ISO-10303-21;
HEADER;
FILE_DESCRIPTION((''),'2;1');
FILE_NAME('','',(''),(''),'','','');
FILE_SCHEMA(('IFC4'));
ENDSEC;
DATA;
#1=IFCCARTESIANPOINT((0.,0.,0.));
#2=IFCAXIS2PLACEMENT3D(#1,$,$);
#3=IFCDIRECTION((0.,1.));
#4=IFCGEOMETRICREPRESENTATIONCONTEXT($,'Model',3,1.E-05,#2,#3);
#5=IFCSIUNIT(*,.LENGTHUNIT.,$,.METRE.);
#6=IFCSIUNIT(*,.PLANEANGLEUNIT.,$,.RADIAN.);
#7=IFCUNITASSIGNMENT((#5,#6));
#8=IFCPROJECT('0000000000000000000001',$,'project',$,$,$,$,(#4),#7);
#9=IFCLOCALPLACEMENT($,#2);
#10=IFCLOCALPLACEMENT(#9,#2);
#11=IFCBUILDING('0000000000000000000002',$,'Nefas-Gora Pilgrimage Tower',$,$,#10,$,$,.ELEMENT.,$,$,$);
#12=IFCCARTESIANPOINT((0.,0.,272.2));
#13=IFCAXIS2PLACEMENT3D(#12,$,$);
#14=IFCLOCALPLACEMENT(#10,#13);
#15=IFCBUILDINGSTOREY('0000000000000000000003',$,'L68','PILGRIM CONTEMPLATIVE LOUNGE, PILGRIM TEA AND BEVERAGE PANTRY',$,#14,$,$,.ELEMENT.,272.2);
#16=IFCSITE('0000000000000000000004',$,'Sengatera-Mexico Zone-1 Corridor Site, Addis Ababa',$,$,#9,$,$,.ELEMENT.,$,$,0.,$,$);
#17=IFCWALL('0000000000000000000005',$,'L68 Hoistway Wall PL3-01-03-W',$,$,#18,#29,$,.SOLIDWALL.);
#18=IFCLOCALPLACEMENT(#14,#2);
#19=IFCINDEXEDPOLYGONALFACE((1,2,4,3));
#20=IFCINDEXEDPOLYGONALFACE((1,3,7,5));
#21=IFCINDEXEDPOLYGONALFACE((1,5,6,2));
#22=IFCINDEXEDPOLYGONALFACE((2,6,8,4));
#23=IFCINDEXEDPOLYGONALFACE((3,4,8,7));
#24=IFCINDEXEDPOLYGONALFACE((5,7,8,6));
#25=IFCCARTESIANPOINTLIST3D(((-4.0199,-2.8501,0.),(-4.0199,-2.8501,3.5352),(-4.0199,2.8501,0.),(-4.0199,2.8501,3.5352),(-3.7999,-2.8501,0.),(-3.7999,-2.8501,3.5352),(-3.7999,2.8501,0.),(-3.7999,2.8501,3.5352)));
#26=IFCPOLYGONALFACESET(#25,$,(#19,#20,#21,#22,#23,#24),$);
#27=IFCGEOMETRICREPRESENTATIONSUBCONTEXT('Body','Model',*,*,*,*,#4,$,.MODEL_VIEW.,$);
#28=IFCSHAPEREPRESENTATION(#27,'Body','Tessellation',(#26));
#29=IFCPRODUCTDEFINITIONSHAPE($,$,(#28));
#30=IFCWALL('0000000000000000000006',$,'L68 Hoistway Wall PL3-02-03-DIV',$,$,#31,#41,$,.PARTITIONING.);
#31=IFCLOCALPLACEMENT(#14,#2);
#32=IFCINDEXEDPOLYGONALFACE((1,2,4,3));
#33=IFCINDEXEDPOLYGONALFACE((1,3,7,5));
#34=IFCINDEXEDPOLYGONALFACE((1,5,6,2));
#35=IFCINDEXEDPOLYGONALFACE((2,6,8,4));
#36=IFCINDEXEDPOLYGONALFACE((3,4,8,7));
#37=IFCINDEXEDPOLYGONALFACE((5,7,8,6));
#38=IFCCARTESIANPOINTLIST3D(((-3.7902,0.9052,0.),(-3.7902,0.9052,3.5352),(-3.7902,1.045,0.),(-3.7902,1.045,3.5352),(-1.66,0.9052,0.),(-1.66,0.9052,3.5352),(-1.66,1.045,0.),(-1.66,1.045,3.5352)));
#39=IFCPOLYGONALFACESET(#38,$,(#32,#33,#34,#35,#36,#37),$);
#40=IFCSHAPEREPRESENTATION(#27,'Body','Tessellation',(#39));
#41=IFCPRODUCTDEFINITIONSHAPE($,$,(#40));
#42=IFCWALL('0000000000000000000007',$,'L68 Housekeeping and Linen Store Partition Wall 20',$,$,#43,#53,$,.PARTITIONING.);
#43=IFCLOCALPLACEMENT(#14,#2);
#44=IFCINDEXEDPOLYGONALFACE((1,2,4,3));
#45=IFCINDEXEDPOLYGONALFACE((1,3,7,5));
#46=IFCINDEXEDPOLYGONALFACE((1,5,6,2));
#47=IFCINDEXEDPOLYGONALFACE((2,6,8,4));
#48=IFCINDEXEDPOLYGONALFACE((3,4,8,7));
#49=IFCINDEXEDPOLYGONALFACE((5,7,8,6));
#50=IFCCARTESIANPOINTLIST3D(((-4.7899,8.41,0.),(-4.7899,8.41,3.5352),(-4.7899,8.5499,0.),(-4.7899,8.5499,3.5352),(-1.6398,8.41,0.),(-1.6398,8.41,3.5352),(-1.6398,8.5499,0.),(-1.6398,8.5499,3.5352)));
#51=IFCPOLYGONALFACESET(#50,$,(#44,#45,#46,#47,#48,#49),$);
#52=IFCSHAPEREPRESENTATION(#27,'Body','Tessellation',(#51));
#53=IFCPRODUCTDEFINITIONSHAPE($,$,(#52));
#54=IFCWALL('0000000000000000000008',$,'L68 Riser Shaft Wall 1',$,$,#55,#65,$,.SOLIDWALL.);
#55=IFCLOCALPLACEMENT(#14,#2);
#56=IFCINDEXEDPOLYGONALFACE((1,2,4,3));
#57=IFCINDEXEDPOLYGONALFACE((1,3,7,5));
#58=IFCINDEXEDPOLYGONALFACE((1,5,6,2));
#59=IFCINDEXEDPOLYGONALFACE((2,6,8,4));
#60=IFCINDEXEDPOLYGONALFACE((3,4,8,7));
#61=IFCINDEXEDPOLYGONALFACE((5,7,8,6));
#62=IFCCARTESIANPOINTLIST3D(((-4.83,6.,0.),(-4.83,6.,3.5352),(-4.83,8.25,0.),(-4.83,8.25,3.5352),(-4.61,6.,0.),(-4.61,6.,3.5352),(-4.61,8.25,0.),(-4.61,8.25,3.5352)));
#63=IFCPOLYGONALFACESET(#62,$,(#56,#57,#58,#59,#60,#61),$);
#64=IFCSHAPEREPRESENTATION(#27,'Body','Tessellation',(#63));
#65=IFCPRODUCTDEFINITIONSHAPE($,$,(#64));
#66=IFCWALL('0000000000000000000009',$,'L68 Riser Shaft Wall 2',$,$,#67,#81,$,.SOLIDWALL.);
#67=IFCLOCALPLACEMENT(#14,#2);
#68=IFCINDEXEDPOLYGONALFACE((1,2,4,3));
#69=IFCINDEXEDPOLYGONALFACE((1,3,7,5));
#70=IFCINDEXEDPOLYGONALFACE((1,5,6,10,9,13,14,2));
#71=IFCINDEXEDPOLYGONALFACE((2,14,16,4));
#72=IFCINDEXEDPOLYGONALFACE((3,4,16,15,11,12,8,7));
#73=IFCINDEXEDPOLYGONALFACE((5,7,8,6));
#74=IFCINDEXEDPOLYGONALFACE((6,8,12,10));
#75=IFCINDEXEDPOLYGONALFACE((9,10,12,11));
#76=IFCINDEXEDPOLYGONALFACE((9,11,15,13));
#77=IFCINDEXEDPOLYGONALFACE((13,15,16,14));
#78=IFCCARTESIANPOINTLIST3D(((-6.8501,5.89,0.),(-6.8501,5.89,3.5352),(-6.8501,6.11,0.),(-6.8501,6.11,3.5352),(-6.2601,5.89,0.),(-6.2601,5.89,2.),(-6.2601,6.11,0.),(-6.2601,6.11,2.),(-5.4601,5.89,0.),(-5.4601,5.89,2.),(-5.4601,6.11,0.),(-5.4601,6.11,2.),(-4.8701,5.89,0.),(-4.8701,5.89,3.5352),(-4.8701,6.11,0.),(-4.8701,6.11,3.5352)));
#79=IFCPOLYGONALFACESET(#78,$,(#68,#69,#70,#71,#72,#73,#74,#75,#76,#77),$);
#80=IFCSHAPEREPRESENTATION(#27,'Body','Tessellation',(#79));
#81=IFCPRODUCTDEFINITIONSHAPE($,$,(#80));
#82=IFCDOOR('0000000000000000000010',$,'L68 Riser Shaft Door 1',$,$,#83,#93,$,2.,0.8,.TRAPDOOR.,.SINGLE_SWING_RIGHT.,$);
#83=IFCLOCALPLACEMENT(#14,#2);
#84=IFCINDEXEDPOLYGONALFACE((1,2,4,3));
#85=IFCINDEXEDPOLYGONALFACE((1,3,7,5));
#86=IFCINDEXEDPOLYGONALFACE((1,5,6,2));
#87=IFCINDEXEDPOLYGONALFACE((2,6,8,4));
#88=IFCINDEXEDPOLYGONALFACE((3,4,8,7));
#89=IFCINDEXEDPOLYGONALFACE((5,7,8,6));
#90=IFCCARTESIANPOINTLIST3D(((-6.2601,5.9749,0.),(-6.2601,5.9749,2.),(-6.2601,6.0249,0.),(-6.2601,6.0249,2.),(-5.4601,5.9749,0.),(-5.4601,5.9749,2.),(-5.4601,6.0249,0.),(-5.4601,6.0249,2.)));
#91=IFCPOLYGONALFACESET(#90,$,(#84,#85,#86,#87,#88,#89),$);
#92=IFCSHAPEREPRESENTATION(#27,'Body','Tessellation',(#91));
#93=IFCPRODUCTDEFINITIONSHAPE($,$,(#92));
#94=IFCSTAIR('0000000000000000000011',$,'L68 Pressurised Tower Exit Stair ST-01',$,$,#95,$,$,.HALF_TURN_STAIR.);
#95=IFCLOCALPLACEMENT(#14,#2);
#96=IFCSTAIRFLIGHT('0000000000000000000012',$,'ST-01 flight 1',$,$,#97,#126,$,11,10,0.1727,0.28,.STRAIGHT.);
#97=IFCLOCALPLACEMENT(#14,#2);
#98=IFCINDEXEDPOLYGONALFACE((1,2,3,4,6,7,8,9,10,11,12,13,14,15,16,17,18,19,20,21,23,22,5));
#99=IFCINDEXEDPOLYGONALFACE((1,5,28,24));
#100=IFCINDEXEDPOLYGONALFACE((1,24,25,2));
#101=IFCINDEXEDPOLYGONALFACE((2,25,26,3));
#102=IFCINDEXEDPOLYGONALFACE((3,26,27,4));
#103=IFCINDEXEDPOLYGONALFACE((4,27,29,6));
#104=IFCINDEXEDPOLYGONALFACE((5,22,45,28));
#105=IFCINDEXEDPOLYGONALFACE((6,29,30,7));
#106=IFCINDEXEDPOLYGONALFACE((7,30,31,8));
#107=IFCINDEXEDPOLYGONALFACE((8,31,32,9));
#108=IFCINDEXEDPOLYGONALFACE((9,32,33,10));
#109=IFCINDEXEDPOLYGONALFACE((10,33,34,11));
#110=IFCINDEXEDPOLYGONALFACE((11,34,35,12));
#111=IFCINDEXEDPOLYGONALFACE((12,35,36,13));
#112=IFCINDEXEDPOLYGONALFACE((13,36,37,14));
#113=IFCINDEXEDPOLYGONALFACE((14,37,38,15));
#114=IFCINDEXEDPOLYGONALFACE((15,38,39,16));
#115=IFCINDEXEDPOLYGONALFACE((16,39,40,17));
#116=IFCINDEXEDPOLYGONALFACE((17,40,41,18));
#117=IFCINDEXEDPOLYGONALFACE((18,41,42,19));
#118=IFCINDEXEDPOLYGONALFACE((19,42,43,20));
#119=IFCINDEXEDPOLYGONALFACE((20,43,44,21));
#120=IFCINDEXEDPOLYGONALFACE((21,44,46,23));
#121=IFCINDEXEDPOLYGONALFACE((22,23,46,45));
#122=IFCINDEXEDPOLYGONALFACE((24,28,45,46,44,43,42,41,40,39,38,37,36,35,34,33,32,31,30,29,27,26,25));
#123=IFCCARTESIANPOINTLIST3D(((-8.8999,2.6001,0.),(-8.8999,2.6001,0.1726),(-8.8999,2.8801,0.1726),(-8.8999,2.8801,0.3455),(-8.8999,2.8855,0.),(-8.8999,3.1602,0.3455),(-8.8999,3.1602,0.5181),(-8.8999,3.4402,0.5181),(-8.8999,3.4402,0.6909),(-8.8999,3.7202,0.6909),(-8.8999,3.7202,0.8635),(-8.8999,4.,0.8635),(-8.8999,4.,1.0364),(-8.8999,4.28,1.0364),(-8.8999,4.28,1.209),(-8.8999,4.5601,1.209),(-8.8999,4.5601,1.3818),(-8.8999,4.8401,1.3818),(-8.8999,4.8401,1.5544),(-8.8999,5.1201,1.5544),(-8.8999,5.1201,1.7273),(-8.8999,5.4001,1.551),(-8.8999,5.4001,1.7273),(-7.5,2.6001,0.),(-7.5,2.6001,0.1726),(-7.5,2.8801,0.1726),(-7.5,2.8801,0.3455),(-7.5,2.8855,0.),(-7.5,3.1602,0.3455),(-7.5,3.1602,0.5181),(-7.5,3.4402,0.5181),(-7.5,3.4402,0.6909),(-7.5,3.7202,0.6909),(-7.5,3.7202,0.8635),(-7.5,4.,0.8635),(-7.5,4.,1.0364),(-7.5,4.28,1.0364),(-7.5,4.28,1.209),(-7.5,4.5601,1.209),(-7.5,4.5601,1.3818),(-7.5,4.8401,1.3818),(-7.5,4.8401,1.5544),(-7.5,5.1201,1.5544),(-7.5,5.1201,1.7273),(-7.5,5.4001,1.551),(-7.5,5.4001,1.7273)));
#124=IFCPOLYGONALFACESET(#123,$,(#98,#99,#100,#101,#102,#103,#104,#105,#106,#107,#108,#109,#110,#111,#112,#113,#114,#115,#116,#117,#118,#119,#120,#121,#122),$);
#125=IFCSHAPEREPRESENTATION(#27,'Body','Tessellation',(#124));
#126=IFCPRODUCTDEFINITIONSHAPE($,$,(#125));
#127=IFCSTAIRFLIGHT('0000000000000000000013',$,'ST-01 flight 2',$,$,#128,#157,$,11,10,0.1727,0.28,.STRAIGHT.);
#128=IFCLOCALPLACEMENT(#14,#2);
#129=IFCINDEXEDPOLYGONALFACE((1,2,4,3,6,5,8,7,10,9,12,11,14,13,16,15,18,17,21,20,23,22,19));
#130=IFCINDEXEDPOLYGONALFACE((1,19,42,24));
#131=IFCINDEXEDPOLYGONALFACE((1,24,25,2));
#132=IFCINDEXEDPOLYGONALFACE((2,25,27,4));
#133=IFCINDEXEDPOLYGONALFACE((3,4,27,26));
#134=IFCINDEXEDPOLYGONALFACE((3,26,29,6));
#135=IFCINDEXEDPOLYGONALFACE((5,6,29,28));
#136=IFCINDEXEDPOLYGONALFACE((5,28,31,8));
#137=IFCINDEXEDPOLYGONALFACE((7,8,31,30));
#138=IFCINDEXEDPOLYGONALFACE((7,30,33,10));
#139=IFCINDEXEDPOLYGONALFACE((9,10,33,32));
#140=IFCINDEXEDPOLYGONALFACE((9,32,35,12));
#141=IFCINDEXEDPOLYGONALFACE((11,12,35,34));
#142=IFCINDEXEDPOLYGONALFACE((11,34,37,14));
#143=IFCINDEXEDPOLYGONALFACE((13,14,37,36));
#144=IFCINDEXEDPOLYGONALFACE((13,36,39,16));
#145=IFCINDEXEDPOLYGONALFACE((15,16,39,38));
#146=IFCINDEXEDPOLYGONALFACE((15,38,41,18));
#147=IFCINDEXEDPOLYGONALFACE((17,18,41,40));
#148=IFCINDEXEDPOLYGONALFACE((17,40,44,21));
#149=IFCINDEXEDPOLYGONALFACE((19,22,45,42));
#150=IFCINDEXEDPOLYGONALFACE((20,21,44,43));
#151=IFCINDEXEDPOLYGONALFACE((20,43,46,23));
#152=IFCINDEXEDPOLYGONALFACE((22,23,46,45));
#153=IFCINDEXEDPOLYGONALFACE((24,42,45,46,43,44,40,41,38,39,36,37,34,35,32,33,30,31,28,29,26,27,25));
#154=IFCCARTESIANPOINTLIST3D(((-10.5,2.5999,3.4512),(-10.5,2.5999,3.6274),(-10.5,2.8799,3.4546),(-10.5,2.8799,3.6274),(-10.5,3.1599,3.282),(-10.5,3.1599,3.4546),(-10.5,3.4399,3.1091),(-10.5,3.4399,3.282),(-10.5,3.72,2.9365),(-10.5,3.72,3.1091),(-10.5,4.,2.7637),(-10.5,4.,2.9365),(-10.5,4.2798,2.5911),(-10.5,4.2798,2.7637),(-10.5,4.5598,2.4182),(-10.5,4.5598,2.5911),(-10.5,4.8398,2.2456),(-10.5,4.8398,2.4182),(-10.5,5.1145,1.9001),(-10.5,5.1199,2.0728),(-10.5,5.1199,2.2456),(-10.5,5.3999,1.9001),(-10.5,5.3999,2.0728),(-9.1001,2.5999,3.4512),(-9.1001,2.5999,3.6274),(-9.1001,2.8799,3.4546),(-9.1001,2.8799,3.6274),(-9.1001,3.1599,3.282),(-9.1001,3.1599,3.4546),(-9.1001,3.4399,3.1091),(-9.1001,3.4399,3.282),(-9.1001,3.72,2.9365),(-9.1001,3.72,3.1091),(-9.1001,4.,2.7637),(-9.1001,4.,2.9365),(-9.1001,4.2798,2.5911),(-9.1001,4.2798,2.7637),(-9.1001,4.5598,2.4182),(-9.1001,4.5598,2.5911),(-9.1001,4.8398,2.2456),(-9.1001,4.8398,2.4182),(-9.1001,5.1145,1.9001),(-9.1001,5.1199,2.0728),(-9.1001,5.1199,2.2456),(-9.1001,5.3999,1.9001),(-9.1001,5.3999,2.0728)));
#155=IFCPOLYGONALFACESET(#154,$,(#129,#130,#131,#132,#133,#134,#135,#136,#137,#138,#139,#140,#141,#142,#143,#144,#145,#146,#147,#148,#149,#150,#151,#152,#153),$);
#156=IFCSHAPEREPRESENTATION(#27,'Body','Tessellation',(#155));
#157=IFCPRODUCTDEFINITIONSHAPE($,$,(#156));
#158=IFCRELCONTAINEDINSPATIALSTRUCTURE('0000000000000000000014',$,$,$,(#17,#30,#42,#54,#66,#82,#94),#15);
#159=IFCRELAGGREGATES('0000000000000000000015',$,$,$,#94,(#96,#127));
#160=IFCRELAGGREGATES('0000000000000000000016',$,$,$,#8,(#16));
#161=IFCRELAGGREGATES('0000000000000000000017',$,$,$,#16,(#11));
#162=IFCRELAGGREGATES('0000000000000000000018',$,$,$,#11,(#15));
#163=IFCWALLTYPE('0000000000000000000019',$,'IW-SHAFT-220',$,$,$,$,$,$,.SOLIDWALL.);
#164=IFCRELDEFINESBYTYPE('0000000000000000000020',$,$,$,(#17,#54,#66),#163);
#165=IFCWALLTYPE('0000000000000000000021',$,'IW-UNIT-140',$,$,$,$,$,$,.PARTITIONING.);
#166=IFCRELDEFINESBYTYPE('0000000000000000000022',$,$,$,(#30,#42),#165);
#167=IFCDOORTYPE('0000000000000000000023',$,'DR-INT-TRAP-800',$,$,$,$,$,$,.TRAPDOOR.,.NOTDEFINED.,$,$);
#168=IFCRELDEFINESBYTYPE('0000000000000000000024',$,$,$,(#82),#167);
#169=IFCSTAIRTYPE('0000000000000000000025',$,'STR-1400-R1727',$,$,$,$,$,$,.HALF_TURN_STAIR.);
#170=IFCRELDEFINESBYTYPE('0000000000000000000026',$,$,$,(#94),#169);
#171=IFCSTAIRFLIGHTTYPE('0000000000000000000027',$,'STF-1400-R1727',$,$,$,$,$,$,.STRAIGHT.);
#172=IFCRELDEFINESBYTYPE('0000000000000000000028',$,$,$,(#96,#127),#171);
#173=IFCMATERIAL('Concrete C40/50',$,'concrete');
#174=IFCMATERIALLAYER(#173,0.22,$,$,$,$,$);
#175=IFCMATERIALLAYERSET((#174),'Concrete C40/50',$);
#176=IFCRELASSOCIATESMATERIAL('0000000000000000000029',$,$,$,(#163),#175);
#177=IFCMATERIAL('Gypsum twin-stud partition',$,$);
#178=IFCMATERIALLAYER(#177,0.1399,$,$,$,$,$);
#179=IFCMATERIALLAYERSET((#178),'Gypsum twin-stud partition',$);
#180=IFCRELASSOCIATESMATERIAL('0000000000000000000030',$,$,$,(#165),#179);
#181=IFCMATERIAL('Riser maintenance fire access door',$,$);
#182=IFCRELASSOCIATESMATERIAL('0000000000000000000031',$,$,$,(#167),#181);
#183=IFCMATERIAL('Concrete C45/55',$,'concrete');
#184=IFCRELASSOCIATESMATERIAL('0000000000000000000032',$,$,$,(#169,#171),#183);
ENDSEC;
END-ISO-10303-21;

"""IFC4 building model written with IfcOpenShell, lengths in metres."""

from ifc_helpers import new_model, si_unit, direction, frame, frame_2d, origin, place, context, subcontext, project, spatial, polyline, rectangle, outline, extrude, source, transform, mapped, material, layer, layer_set, type_object, element, fill, aggregate, save


model = new_model("IFC4")

# Units and contexts
model_context = context("Model", 3, precision=1e-05, world=origin(), true_north=direction((0.0, 1.0)))
body_context = subcontext(model_context, "Body", "Model", "MODEL_VIEW")
ifc_project = project(units=[si_unit("LENGTHUNIT", "METRE"), si_unit("PLANEANGLEUNIT", "RADIAN")], contexts=[model_context])

# Site, building, storey
site_placement = place(None, origin())
site = spatial("IfcSite", under=ifc_project, at=site_placement, Name="Sengatera-Mexico Zone-1 Corridor Site, Addis Ababa", CompositionType="ELEMENT", RefElevation=0.0)
building_placement = place(site_placement, origin())
building = spatial("IfcBuilding", under=site, at=building_placement, Name="Nefas-Gora Pilgrimage Tower", CompositionType="ELEMENT")
storey_placement = place(building_placement, frame((0.0, 0.0, 272.2)))
storey = spatial("IfcBuildingStorey", under=building, at=storey_placement, Name="L68", Description="PILGRIM CONTEMPLATIVE LOUNGE, PILGRIM TEA AND BEVERAGE PANTRY", CompositionType="ELEMENT", Elevation=272.2)

# Shared definitions
ifc_material_1 = material(Name="Concrete C45/55", Category="concrete")

# Shared definitions
ifc_material_2 = material(Name="Concrete C40/50", Category="concrete")
ifc_layer_1 = layer(ifc_material_2, 0.22)
ifc_layer_set_1 = layer_set([ifc_layer_1], Name="Concrete C40/50")
wall_type_1 = type_object("IfcWallType", Name="IW-SHAFT-220", PredefinedType="SOLIDWALL", material=ifc_layer_set_1)

# Walls
shared_shape_1 = source(origin(), body_context, "Body", "SweptSolid", [
    extrude(rectangle(XDim=5.7002, YDim=0.22, at=frame_2d((2.8501, 0.0))), origin(), (0.0, 0.0, 1.0), 3.5352),
])
wall_1_placement = place(storey_placement, frame((-3.9099, 2.8501, 0.0), z_axis=(0.0, 0.0, 1.0), x_axis=(0.0, -1.0, 0.0)))
element("IfcWall", 1, at=wall_1_placement, inside=storey, type_object=wall_type_1, Name="L68 Hoistway Wall PL3-01-03-W", PredefinedType="SOLIDWALL", context=body_context, shape_type="MappedRepresentation", body=[
    mapped(shared_shape_1, transform((0.0, 0.0, 0.0), x_axis=(1.0, 0.0, 0.0), y_axis=(0.0, 1.0, 0.0), z_axis=(0.0, 0.0, 1.0), scale=1.0)),
])
ifc_material_3 = material(Name="Gypsum twin-stud partition")
ifc_layer_2 = layer(ifc_material_3, 0.1399)
ifc_layer_set_2 = layer_set([ifc_layer_2], Name="Gypsum twin-stud partition")
wall_type_2 = type_object("IfcWallType", Name="IW-UNIT-140", PredefinedType="PARTITIONING", material=ifc_layer_set_2)
shared_shape_2 = source(origin(), body_context, "Body", "SweptSolid", [
    extrude(rectangle(XDim=2.1301, YDim=0.1399, at=frame_2d((1.0649, 0.0))), origin(), (0.0, 0.0, 1.0), 3.5352),
])
wall_2_placement = place(storey_placement, frame((-3.79, 0.9751, 0.0), z_axis=(0.0, 0.0, 1.0), x_axis=(1.0, 0.0, 0.0)))
element("IfcWall", 2, at=wall_2_placement, inside=storey, type_object=wall_type_2, Name="L68 Hoistway Wall PL3-02-03-DIV", PredefinedType="PARTITIONING", context=body_context, shape_type="MappedRepresentation", body=[
    mapped(shared_shape_2, transform((0.0, 0.0, 0.0), x_axis=(1.0, 0.0, 0.0), y_axis=(0.0, 1.0, 0.0), z_axis=(0.0, 0.0, 1.0), scale=1.0)),
])
shared_shape_3 = source(origin(), body_context, "Body", "SweptSolid", [
    extrude(rectangle(XDim=3.1501, YDim=0.1399, at=frame_2d((1.5752, 0.0))), origin(), (0.0, 0.0, 1.0), 3.5352),
])
wall_3_placement = place(storey_placement, frame((-4.79, 8.48, 0.0), z_axis=(0.0, 0.0, 1.0), x_axis=(1.0, 0.0, 0.0)))
element("IfcWall", 3, at=wall_3_placement, inside=storey, type_object=wall_type_2, Name="L68 Housekeeping and Linen Store Partition Wall 20", PredefinedType="PARTITIONING", context=body_context, shape_type="MappedRepresentation", body=[
    mapped(shared_shape_3, transform((0.0, 0.0, 0.0), x_axis=(1.0, 0.0, 0.0), y_axis=(0.0, 1.0, 0.0), z_axis=(0.0, 0.0, 1.0), scale=1.0)),
])
shared_shape_4 = source(origin(), body_context, "Body", "SweptSolid", [
    extrude(rectangle(XDim=2.25, YDim=0.22, at=frame_2d((1.125, 0.0))), origin(), (0.0, 0.0, 1.0), 3.5352),
])
wall_4_placement = place(storey_placement, frame((-4.72, 6.0, 0.0), z_axis=(0.0, 0.0, 1.0), x_axis=(0.0, 1.0, 0.0)))
element("IfcWall", 4, at=wall_4_placement, inside=storey, type_object=wall_type_1, Name="L68 Riser Shaft Wall 1", PredefinedType="SOLIDWALL", context=body_context, shape_type="MappedRepresentation", body=[
    mapped(shared_shape_4, transform((0.0, 0.0, 0.0), x_axis=(1.0, 0.0, 0.0), y_axis=(0.0, 1.0, 0.0), z_axis=(0.0, 0.0, 1.0), scale=1.0)),
])

# Wall, opening, door
shared_shape_5 = source(origin(), body_context, "Body", "SweptSolid", [
    extrude(rectangle(XDim=1.98, YDim=0.22, at=frame_2d((0.99, 0.0))), origin(), (0.0, 0.0, 1.0), 3.5352),
])
wall_5_placement = place(storey_placement, frame((-6.8501, 6.0, 0.0), z_axis=(0.0, 0.0, 1.0), x_axis=(1.0, 0.0, 0.0)))
wall_5 = element("IfcWall", 5, at=wall_5_placement, inside=storey, type_object=wall_type_1, Name="L68 Riser Shaft Wall 2", PredefinedType="SOLIDWALL", context=body_context, shape_type="MappedRepresentation", body=[
    mapped(shared_shape_5, transform((0.0, 0.0, 0.0), x_axis=(1.0, 0.0, 0.0), y_axis=(0.0, 1.0, 0.0), z_axis=(0.0, 0.0, 1.0), scale=1.0)),
])
opening_1_placement = place(wall_5_placement, frame((0.5901, 0.0, 0.0)))
opening_1 = element("IfcOpeningElement", 6, at=opening_1_placement, cuts=wall_5, PredefinedType="OPENING", context=body_context, shape_type="SweptSolid", body=[
    extrude(rectangle(XDim=0.8, YDim=2.0, at=frame_2d((0.3999, 1.0))), frame((0.0, 0.1199, 0.0), z_axis=(0.0, -1.0, 0.0), x_axis=(1.0, 0.0, 0.0)), (0.0, 0.0, 1.0), 0.24),
])
ifc_material_4 = material(Name="Riser maintenance fire access door")
door_type_1 = type_object("IfcDoorType", Name="DR-INT-TRAP-800", OperationType="NOTDEFINED", PredefinedType="TRAPDOOR", material=ifc_material_4)
shared_shape_6 = source(origin(), body_context, "Body", "SweptSolid", [
    extrude(rectangle(XDim=0.8, YDim=2.0, at=frame_2d((0.3999, 1.0))), frame((0.0, 0.0249, 0.0), z_axis=(0.0, -1.0, 0.0), x_axis=(1.0, 0.0, 0.0)), (0.0, 0.0, 1.0), 0.05),
])
door_1_placement = place(opening_1_placement, origin())
door_1 = element("IfcDoor", 7, at=door_1_placement, inside=storey, type_object=door_type_1, Name="L68 Riser Shaft Door 1", OperationType="SINGLE_SWING_RIGHT", OverallHeight=2.0, OverallWidth=0.8, PredefinedType="TRAPDOOR", context=body_context, shape_type="MappedRepresentation", body=[
    mapped(shared_shape_6, transform((0.0, 0.0, 0.0), x_axis=(1.0, 0.0, 0.0), y_axis=(0.0, 1.0, 0.0), z_axis=(0.0, 0.0, 1.0), scale=1.0)),
])
fill(opening_1, door_1)

# Stair, stair flights
stair_type = type_object("IfcStairType", Name="STR-1400-R1727", PredefinedType="HALF_TURN_STAIR", material=ifc_material_1)
stair_placement = place(storey_placement, origin())
stair = element("IfcStair", 8, at=stair_placement, inside=storey, type_object=stair_type, Name="L68 Pressurised Tower Exit Stair ST-01", PredefinedType="HALF_TURN_STAIR")
stair_flight_type = type_object("IfcStairFlightType", Name="STF-1400-R1727", PredefinedType="STRAIGHT", material=ifc_material_1)
shared_shape_7 = source(origin(), body_context, "Body", "SweptSolid", [
    extrude(outline(polyline([(0.0, 0.0), (0.0, 0.1726), (0.28, 0.1726), (0.28, 0.3455), (0.5601, 0.3455), (0.5601, 0.5181), (0.8401, 0.5181), (0.8401, 0.6909), (1.1201, 0.6909), (1.1201, 0.8635), (1.3999, 0.8635), (1.3999, 1.0364), (1.6799, 1.0364), (1.6799, 1.209), (1.96, 1.209), (1.96, 1.3818), (2.24, 1.3818), (2.24, 1.5544), (2.52, 1.5544), (2.52, 1.7273), (2.8, 1.7273), (2.8, 1.8999), (2.8, 1.551), (0.2854, 0.0), (0.0, 0.0)])), frame((0.0, 0.7, 0.0), z_axis=(0.0, -1.0, 0.0), x_axis=(1.0, 0.0, 0.0)), (0.0, 0.0, 1.0), 1.3999),
])
stair_flight_1_placement = place(storey_placement, frame((-8.2, 2.6001, 0.0), z_axis=(0.0, 0.0, 1.0), x_axis=(0.0, 1.0, 0.0)))
stair_flight_1 = element("IfcStairFlight", 9, at=stair_flight_1_placement, type_object=stair_flight_type, Name="ST-01 flight 1", NumberOfRisers=11, NumberOfTreads=10, PredefinedType="STRAIGHT", RiserHeight=0.1727, TreadLength=0.28, context=body_context, shape_type="MappedRepresentation", body=[
    mapped(shared_shape_7, transform((0.0, 0.0, 0.0), x_axis=(1.0, 0.0, 0.0), y_axis=(0.0, 1.0, 0.0), z_axis=(0.0, 0.0, 1.0), scale=1.0)),
])
stair_flight_2_placement = place(storey_placement, frame((-9.8, 5.3999, 1.9001), z_axis=(0.0, 0.0, 1.0), x_axis=(0.0, -1.0, 0.0)))
stair_flight_2 = element("IfcStairFlight", 10, at=stair_flight_2_placement, type_object=stair_flight_type, Name="ST-01 flight 2", NumberOfRisers=11, NumberOfTreads=10, PredefinedType="STRAIGHT", RiserHeight=0.1727, TreadLength=0.28, context=body_context, shape_type="MappedRepresentation", body=[
    mapped(shared_shape_7, transform((0.0, 0.0, 0.0), x_axis=(1.0, 0.0, 0.0), y_axis=(0.0, 1.0, 0.0), z_axis=(0.0, 0.0, 1.0), scale=1.0)),
])
aggregate(stair, [stair_flight_1, stair_flight_2])

save(model, "model.ifc")
